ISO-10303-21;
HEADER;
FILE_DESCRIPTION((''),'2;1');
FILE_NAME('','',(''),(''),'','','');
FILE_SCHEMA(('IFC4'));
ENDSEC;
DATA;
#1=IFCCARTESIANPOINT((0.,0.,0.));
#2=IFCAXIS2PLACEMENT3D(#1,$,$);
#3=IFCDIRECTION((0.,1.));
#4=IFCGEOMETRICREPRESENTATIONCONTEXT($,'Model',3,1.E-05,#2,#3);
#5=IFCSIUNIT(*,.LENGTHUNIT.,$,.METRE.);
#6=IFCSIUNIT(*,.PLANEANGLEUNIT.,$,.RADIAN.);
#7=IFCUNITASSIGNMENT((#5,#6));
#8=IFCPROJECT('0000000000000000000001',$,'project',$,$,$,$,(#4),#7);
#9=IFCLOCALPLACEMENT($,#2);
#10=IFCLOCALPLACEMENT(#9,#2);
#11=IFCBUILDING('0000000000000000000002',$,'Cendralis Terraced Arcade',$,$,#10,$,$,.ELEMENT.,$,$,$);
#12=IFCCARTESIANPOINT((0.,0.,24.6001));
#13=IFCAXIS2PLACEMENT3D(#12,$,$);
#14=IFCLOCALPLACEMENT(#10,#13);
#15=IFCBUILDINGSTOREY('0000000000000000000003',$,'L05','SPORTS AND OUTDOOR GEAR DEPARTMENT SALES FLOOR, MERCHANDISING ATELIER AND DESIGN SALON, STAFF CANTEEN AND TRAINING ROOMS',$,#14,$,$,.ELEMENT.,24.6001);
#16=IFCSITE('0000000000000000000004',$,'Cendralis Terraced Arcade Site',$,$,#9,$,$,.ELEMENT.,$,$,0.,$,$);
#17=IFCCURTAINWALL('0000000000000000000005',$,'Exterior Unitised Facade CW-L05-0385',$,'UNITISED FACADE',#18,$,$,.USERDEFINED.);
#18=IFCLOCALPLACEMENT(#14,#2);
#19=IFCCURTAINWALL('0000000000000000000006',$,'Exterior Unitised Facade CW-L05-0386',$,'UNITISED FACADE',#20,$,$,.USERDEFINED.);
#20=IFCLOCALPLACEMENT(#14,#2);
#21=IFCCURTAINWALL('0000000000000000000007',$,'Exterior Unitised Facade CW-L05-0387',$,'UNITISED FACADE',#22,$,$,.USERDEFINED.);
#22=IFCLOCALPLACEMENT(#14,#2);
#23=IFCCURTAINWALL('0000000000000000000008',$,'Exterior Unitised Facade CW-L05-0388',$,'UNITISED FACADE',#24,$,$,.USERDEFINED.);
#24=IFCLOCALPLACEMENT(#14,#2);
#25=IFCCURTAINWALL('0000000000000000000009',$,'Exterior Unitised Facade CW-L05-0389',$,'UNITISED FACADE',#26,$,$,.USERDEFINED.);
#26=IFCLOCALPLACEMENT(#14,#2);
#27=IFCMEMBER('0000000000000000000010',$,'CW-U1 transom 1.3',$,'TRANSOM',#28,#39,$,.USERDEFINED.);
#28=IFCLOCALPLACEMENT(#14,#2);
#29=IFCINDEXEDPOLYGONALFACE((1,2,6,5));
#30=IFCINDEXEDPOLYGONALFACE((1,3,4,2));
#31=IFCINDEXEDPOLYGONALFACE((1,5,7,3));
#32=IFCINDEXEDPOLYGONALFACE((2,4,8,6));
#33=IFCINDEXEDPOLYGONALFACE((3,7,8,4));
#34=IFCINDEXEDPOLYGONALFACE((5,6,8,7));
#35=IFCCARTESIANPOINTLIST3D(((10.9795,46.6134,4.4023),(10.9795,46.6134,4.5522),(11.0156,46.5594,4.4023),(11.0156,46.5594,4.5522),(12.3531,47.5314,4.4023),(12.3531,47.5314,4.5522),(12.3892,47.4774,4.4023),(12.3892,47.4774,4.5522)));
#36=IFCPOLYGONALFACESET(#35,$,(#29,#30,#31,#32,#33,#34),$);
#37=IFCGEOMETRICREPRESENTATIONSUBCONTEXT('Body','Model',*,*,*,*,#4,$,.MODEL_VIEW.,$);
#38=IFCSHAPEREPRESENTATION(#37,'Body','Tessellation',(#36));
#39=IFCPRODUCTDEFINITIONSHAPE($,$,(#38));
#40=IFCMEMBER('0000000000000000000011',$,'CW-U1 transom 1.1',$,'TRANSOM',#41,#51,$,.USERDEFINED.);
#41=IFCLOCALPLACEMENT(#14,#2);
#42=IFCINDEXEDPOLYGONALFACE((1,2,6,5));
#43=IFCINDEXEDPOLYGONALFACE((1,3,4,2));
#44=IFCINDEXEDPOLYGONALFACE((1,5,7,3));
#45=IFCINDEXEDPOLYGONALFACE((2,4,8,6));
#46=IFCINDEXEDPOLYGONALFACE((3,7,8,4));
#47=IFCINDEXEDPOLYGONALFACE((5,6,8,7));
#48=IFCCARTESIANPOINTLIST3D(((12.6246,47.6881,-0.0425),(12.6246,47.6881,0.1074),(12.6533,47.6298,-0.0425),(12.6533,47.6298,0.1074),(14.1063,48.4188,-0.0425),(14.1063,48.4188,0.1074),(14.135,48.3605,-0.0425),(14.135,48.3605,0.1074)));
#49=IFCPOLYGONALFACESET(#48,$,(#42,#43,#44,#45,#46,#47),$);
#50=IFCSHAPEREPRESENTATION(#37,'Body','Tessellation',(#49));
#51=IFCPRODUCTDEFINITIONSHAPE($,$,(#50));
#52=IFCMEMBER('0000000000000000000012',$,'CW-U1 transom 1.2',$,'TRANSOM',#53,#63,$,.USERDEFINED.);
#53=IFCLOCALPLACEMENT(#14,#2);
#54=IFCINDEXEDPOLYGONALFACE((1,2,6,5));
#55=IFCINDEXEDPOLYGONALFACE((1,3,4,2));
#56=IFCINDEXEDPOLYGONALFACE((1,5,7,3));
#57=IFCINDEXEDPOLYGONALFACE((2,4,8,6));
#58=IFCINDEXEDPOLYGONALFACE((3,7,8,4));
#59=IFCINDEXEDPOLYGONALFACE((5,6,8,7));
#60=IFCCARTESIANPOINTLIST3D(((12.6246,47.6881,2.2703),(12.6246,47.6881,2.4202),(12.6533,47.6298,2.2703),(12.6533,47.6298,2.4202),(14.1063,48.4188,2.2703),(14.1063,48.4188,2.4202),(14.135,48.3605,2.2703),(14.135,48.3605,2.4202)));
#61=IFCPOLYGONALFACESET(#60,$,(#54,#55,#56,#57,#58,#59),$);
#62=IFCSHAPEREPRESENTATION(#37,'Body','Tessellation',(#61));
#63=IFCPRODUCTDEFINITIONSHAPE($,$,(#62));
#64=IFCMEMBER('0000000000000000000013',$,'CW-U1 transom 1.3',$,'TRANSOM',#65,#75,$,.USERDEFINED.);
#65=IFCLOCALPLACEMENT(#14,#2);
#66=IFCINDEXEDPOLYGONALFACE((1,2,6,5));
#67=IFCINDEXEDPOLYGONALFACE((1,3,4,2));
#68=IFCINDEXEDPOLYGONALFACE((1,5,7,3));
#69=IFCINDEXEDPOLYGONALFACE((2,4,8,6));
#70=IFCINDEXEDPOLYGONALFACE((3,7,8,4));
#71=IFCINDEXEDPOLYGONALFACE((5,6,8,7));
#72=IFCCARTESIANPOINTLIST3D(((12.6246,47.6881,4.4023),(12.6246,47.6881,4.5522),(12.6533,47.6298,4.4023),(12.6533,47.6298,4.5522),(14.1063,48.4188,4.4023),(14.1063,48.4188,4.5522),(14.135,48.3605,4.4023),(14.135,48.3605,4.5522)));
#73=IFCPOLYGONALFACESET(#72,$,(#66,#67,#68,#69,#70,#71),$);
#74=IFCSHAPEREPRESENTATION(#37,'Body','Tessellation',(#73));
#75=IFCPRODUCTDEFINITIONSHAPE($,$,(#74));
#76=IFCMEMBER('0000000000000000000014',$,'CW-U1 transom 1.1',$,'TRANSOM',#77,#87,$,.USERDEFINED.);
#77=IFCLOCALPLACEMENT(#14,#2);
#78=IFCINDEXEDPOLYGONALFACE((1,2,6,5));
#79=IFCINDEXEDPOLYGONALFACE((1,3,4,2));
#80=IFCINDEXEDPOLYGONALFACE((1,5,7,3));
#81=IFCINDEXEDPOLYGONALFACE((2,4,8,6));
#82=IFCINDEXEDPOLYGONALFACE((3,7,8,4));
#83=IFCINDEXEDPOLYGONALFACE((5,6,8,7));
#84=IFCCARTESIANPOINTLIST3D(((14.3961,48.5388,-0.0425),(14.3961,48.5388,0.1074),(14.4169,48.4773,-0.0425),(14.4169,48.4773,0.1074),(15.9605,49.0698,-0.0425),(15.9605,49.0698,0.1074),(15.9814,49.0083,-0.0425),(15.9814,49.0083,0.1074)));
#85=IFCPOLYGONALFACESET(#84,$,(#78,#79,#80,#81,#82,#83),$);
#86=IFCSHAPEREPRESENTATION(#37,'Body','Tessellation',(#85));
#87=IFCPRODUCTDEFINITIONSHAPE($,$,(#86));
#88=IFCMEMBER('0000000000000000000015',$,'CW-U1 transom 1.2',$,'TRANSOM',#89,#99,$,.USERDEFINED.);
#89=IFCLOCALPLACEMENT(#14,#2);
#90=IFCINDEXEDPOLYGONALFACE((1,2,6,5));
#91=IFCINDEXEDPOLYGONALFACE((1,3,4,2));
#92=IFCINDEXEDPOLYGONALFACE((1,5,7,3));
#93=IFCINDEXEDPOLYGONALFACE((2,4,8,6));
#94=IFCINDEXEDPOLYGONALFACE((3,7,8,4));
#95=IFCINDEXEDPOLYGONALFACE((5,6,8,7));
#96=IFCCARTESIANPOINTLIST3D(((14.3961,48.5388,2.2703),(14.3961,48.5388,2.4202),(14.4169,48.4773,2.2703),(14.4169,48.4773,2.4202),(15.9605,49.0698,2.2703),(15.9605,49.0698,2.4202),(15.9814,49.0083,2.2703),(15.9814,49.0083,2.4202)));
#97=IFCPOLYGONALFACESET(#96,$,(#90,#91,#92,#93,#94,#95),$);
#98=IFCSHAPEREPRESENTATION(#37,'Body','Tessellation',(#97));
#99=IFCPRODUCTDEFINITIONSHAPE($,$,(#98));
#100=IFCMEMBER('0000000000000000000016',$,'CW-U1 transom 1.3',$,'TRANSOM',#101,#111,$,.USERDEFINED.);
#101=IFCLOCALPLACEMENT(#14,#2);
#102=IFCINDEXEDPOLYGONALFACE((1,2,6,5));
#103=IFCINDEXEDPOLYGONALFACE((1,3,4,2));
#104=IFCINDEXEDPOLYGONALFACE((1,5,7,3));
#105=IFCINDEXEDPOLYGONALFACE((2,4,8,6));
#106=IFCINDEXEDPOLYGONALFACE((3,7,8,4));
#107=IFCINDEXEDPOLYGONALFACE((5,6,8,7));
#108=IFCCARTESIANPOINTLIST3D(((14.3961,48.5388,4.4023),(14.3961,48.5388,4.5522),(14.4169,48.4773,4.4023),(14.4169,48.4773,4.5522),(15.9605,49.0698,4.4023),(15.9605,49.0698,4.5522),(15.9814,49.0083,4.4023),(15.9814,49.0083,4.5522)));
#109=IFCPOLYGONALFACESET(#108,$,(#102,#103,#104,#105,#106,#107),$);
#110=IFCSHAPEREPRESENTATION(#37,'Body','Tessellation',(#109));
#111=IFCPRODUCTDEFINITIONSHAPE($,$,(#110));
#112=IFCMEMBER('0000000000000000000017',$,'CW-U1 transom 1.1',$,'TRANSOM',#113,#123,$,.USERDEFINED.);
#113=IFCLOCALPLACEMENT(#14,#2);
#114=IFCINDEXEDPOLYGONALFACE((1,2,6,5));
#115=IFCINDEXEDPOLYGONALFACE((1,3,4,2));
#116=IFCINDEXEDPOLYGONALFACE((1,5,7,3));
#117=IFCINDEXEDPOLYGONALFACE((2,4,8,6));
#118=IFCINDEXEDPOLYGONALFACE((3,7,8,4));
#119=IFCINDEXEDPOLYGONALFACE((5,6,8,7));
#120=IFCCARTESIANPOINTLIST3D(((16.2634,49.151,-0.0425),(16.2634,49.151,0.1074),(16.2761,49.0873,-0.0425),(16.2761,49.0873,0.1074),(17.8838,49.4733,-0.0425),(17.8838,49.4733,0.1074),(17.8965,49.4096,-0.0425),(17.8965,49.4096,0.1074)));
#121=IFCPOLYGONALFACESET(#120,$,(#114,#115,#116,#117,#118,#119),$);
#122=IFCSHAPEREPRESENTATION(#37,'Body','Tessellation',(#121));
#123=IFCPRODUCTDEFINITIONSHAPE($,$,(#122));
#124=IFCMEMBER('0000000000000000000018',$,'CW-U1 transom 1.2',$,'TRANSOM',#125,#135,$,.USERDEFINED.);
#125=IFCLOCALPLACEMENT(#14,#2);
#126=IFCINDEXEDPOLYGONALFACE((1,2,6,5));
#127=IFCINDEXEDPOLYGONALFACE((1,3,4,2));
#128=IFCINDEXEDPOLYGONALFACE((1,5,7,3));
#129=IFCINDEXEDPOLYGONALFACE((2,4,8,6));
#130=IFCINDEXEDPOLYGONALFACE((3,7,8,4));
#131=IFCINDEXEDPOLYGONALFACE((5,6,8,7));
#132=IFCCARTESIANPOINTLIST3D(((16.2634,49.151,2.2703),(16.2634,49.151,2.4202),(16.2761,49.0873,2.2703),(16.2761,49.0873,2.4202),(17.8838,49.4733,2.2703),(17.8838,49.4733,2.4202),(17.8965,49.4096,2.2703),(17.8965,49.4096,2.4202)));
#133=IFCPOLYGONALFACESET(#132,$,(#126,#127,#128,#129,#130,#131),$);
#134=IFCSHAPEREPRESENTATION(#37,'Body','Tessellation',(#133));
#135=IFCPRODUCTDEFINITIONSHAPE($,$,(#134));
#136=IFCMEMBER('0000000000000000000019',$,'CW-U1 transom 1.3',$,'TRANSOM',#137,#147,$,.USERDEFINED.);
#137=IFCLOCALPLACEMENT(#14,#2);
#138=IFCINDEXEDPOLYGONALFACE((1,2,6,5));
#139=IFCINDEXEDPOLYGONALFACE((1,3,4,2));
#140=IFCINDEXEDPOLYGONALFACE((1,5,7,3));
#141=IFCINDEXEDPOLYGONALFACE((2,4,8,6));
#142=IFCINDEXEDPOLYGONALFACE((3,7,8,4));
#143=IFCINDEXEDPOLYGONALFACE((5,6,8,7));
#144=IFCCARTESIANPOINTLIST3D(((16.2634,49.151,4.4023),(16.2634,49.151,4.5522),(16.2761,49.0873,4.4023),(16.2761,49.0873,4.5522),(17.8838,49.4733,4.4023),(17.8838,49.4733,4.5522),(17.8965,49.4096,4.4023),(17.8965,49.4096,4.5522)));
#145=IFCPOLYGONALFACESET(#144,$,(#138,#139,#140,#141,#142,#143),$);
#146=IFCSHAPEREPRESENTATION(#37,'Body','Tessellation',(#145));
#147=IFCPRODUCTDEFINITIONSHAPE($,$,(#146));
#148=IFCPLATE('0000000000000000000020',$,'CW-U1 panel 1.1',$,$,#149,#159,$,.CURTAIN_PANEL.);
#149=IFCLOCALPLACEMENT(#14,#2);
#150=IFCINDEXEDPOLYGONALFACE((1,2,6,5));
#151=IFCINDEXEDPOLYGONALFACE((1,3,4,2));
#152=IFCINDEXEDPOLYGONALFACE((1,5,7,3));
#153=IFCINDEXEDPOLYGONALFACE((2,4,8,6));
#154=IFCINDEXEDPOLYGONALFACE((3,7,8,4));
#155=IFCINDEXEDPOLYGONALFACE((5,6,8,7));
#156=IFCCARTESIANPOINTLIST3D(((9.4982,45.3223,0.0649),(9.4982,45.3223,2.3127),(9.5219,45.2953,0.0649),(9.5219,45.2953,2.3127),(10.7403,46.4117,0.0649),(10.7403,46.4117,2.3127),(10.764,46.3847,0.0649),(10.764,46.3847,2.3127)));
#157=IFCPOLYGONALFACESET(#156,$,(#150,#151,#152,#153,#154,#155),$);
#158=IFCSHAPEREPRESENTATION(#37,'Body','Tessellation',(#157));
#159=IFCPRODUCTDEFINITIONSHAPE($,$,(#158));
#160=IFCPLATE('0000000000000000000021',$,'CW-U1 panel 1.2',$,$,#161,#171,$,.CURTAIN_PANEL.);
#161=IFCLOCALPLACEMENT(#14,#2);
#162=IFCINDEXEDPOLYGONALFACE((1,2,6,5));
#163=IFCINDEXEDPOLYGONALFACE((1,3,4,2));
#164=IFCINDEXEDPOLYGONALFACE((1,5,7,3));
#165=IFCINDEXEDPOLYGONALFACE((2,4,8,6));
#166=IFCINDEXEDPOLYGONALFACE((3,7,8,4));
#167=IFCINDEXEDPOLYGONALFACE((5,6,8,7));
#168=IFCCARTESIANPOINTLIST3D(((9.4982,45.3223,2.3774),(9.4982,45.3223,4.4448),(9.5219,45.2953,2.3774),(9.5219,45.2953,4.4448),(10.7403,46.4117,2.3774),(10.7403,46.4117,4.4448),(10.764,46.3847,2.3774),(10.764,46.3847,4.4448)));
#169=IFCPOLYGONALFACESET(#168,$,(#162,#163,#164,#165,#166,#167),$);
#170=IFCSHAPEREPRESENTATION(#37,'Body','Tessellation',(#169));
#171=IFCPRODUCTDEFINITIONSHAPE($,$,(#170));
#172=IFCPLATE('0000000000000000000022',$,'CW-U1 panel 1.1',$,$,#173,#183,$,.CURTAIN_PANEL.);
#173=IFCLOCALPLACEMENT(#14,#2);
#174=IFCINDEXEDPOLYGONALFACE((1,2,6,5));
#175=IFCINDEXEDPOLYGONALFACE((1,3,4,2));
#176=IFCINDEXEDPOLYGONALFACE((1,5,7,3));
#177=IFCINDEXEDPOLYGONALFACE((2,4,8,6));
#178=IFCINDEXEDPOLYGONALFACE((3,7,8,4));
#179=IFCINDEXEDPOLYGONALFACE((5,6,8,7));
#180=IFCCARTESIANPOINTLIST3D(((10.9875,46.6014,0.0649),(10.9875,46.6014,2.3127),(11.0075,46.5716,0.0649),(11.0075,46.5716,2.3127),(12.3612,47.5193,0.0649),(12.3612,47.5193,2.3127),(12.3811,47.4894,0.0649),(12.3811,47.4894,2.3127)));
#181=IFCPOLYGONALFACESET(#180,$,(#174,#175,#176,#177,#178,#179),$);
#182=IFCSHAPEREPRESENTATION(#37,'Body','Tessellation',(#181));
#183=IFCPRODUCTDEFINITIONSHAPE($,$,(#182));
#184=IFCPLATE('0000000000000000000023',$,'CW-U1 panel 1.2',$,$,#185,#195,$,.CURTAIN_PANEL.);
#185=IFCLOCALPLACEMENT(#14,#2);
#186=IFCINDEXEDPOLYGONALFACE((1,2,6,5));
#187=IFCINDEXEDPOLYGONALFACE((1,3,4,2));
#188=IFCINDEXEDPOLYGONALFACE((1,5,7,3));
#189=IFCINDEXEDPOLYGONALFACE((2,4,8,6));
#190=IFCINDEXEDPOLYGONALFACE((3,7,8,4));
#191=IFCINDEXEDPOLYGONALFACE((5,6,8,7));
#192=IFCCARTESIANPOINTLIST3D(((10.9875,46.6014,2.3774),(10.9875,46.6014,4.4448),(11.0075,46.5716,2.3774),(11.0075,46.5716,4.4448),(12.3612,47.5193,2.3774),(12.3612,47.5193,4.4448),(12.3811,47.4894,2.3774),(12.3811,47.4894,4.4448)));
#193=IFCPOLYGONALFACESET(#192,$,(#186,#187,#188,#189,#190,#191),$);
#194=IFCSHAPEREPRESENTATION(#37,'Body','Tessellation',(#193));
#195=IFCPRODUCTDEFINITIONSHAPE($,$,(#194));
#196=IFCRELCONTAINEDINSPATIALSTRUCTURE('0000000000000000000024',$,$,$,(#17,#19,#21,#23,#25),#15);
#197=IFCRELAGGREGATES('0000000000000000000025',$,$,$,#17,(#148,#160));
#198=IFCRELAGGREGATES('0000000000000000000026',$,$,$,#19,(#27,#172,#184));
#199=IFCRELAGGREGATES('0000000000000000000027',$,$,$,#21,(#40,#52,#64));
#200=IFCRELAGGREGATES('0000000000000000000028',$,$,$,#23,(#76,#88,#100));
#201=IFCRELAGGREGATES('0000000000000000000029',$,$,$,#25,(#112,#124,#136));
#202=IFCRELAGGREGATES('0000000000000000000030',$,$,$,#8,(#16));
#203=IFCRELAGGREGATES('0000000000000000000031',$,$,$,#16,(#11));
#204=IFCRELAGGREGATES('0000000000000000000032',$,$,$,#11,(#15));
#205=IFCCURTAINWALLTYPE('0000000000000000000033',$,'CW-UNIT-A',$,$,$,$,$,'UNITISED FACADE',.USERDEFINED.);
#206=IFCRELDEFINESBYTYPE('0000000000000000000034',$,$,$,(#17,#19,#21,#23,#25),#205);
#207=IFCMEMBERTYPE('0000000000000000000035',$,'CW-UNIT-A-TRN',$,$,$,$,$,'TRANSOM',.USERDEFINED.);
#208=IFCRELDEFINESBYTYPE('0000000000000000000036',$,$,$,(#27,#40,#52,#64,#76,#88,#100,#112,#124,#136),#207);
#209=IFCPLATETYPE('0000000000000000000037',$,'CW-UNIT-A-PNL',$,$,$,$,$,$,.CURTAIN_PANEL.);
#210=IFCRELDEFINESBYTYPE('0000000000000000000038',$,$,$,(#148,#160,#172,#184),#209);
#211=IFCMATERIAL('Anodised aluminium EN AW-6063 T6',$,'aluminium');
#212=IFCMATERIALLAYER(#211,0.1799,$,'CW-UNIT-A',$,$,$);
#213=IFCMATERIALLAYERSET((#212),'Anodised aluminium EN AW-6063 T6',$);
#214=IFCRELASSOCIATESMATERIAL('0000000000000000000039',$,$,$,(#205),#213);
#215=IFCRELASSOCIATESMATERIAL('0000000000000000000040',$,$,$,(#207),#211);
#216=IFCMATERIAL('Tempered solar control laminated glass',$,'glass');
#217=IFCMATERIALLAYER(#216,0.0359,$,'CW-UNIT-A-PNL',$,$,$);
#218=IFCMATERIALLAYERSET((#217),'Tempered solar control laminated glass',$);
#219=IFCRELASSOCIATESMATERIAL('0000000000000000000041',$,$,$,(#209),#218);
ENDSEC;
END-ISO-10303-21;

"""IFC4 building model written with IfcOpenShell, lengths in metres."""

from ifc_helpers import new_model, si_unit, direction, frame, origin, origin_2d, place, context, subcontext, project, spatial, rectangle, extrude, material, layer, layer_set, material_profile, profile_set, type_object, element, aggregate, save


model = new_model("IFC4")

# Units and contexts
model_context = context("Model", 3, precision=1e-05, world=origin(), true_north=direction((0.0, 1.0)))
body_context = subcontext(model_context, "Body", "Model", "MODEL_VIEW")
ifc_project = project(units=[si_unit("LENGTHUNIT", "METRE"), si_unit("PLANEANGLEUNIT", "RADIAN")], contexts=[model_context])

# Site, building, storey
site_placement = place(None, origin())
site = spatial("IfcSite", under=ifc_project, at=site_placement, Name="Cendralis Terraced Arcade Site", CompositionType="ELEMENT", RefElevation=0.0)
building_placement = place(site_placement, origin())
building = spatial("IfcBuilding", under=site, at=building_placement, Name="Cendralis Terraced Arcade", CompositionType="ELEMENT")
storey_placement = place(building_placement, frame((0.0, 0.0, 24.6001)))
storey = spatial("IfcBuildingStorey", under=building, at=storey_placement, Name="L05", Description="SPORTS AND OUTDOOR GEAR DEPARTMENT SALES FLOOR, MERCHANDISING ATELIER AND DESIGN SALON, STAFF CANTEEN AND TRAINING ROOMS", CompositionType="ELEMENT", Elevation=24.6001)

# Curtain wall
ifc_material_1 = material(Name="Anodised aluminium EN AW-6063 T6", Category="aluminium")
ifc_layer_1 = layer(ifc_material_1, 0.1799, Name="CW-UNIT-A")
ifc_layer_set_1 = layer_set([ifc_layer_1], Name="Anodised aluminium EN AW-6063 T6")
curtain_wall_type = type_object("IfcCurtainWallType", Name="CW-UNIT-A", ElementType="UNITISED FACADE", PredefinedType="USERDEFINED", material=ifc_layer_set_1)
curtain_wall_1_placement = place(storey_placement, origin())
curtain_wall_1 = element("IfcCurtainWall", 1, at=curtain_wall_1_placement, inside=storey, type_object=curtain_wall_type, Name="Exterior Unitised Facade CW-L05-0385", ObjectType="UNITISED FACADE", PredefinedType="USERDEFINED")

# Curtain walls
curtain_wall_2_placement = place(storey_placement, origin())
curtain_wall_2 = element("IfcCurtainWall", 2, at=curtain_wall_2_placement, inside=storey, type_object=curtain_wall_type, Name="Exterior Unitised Facade CW-L05-0386", ObjectType="UNITISED FACADE", PredefinedType="USERDEFINED")
curtain_wall_3_placement = place(storey_placement, origin())
curtain_wall_3 = element("IfcCurtainWall", 3, at=curtain_wall_3_placement, inside=storey, type_object=curtain_wall_type, Name="Exterior Unitised Facade CW-L05-0387", ObjectType="UNITISED FACADE", PredefinedType="USERDEFINED")
curtain_wall_4_placement = place(storey_placement, origin())
curtain_wall_4 = element("IfcCurtainWall", 4, at=curtain_wall_4_placement, inside=storey, type_object=curtain_wall_type, Name="Exterior Unitised Facade CW-L05-0388", ObjectType="UNITISED FACADE", PredefinedType="USERDEFINED")

# Curtain wall
curtain_wall_5_placement = place(storey_placement, origin())
curtain_wall_5 = element("IfcCurtainWall", 5, at=curtain_wall_5_placement, inside=storey, type_object=curtain_wall_type, Name="Exterior Unitised Facade CW-L05-0389", ObjectType="UNITISED FACADE", PredefinedType="USERDEFINED")

# Members
ifc_material_profile_1 = material_profile(ifc_material_1, rectangle(XDim=0.0649, YDim=0.1499, at=origin_2d()), Name="ALU-TRN-65x150")
ifc_profile_set_1 = profile_set([ifc_material_profile_1], Name="Anodised aluminium EN AW-6063 T6")
member_type_1 = type_object("IfcMemberType", Name="CW-UNIT-A-TRN", ElementType="TRANSOM", PredefinedType="USERDEFINED", material=ifc_profile_set_1)
member_1_placement = place(storey_placement, frame((10.9976, 46.5864, 4.4773), z_axis=(0.831413, 0.555655, 0.0), x_axis=(-0.555655, 0.831413, 0.0)))
member_1 = element("IfcMember", 6, at=member_1_placement, type_object=member_type_1, Name="CW-U1 transom 1.3", ObjectType="TRANSOM", PredefinedType="USERDEFINED", context=body_context, shape_type="SweptSolid", body=[
    extrude(rectangle(XDim=0.0649, YDim=0.1499, at=origin_2d()), origin(), (0.0, 0.0, 1.0), 1.6521),
])
member_2_placement = place(storey_placement, frame((12.6389, 47.6589, 0.0325), z_axis=(0.896867, 0.442301, 0.0), x_axis=(-0.442301, 0.896867, 0.0)))
member_2 = element("IfcMember", 7, at=member_2_placement, type_object=member_type_1, Name="CW-U1 transom 1.1", ObjectType="TRANSOM", PredefinedType="USERDEFINED", context=body_context, shape_type="SweptSolid", body=[
    extrude(rectangle(XDim=0.0649, YDim=0.1499, at=origin_2d()), origin(), (0.0, 0.0, 1.0), 1.6521),
])
member_3_placement = place(storey_placement, frame((12.6389, 47.6589, 2.3452), z_axis=(0.896867, 0.442301, 0.0), x_axis=(-0.442301, 0.896867, 0.0)))
member_3 = element("IfcMember", 8, at=member_3_placement, type_object=member_type_1, Name="CW-U1 transom 1.2", ObjectType="TRANSOM", PredefinedType="USERDEFINED", context=body_context, shape_type="SweptSolid", body=[
    extrude(rectangle(XDim=0.0649, YDim=0.1499, at=origin_2d()), origin(), (0.0, 0.0, 1.0), 1.6521),
])
member_4_placement = place(storey_placement, frame((12.6389, 47.6589, 4.4773), z_axis=(0.896867, 0.442301, 0.0), x_axis=(-0.442301, 0.896867, 0.0)))
member_4 = element("IfcMember", 9, at=member_4_placement, type_object=member_type_1, Name="CW-U1 transom 1.3", ObjectType="TRANSOM", PredefinedType="USERDEFINED", context=body_context, shape_type="SweptSolid", body=[
    extrude(rectangle(XDim=0.0649, YDim=0.1499, at=origin_2d()), origin(), (0.0, 0.0, 1.0), 1.6521),
])
member_5_placement = place(storey_placement, frame((14.4065, 48.5081, 0.0325), z_axis=(0.94694, 0.32141, 0.0), x_axis=(-0.32141, 0.94694, 0.0)))
member_5 = element("IfcMember", 10, at=member_5_placement, type_object=member_type_1, Name="CW-U1 transom 1.1", ObjectType="TRANSOM", PredefinedType="USERDEFINED", context=body_context, shape_type="SweptSolid", body=[
    extrude(rectangle(XDim=0.0649, YDim=0.1499, at=origin_2d()), origin(), (0.0, 0.0, 1.0), 1.6521),
])
member_6_placement = place(storey_placement, frame((14.4065, 48.5081, 2.3452), z_axis=(0.94694, 0.32141, 0.0), x_axis=(-0.32141, 0.94694, 0.0)))
member_6 = element("IfcMember", 11, at=member_6_placement, type_object=member_type_1, Name="CW-U1 transom 1.2", ObjectType="TRANSOM", PredefinedType="USERDEFINED", context=body_context, shape_type="SweptSolid", body=[
    extrude(rectangle(XDim=0.0649, YDim=0.1499, at=origin_2d()), origin(), (0.0, 0.0, 1.0), 1.6521),
])
member_7_placement = place(storey_placement, frame((14.4065, 48.5081, 4.4773), z_axis=(0.94694, 0.32141, 0.0), x_axis=(-0.32141, 0.94694, 0.0)))
member_7 = element("IfcMember", 12, at=member_7_placement, type_object=member_type_1, Name="CW-U1 transom 1.3", ObjectType="TRANSOM", PredefinedType="USERDEFINED", context=body_context, shape_type="SweptSolid", body=[
    extrude(rectangle(XDim=0.0649, YDim=0.1499, at=origin_2d()), origin(), (0.0, 0.0, 1.0), 1.6521),
])
member_8_placement = place(storey_placement, frame((16.2698, 49.1191, 0.0325), z_axis=(0.98079, 0.195065, 0.0), x_axis=(-0.195065, 0.98079, 0.0)))
member_8 = element("IfcMember", 13, at=member_8_placement, type_object=member_type_1, Name="CW-U1 transom 1.1", ObjectType="TRANSOM", PredefinedType="USERDEFINED", context=body_context, shape_type="SweptSolid", body=[
    extrude(rectangle(XDim=0.0649, YDim=0.1499, at=origin_2d()), origin(), (0.0, 0.0, 1.0), 1.6521),
])
member_9_placement = place(storey_placement, frame((16.2698, 49.1191, 2.3452), z_axis=(0.98079, 0.195065, 0.0), x_axis=(-0.195065, 0.98079, 0.0)))
member_9 = element("IfcMember", 14, at=member_9_placement, type_object=member_type_1, Name="CW-U1 transom 1.2", ObjectType="TRANSOM", PredefinedType="USERDEFINED", context=body_context, shape_type="SweptSolid", body=[
    extrude(rectangle(XDim=0.0649, YDim=0.1499, at=origin_2d()), origin(), (0.0, 0.0, 1.0), 1.6521),
])
member_10_placement = place(storey_placement, frame((16.2698, 49.1191, 4.4773), z_axis=(0.98079, 0.195065, 0.0), x_axis=(-0.195065, 0.98079, 0.0)))
member_10 = element("IfcMember", 15, at=member_10_placement, type_object=member_type_1, Name="CW-U1 transom 1.3", ObjectType="TRANSOM", PredefinedType="USERDEFINED", context=body_context, shape_type="SweptSolid", body=[
    extrude(rectangle(XDim=0.0649, YDim=0.1499, at=origin_2d()), origin(), (0.0, 0.0, 1.0), 1.6521),
])

# Plates
ifc_material_2 = material(Name="Tempered solar control laminated glass", Category="glass")
ifc_layer_2 = layer(ifc_material_2, 0.0359, Name="CW-UNIT-A-PNL")
ifc_layer_set_2 = layer_set([ifc_layer_2], Name="Tempered solar control laminated glass")
plate_type = type_object("IfcPlateType", Name="CW-UNIT-A-PNL", PredefinedType="CURTAIN_PANEL", material=ifc_layer_set_2)
plate_1_placement = place(storey_placement, frame((10.1311, 45.8535, 0.0649), z_axis=(0.0, 0.0, 1.0), x_axis=(0.751804, 0.659386, 0.0)))
plate_1 = element("IfcPlate", 16, at=plate_1_placement, type_object=plate_type, Name="CW-U1 panel 1.1", PredefinedType="CURTAIN_PANEL", context=body_context, shape_type="SweptSolid", body=[
    extrude(rectangle(XDim=1.6521, YDim=0.0359, at=origin_2d()), origin(), (0.0, 0.0, 1.0), 2.2478),
])
plate_2_placement = place(storey_placement, frame((10.1311, 45.8535, 2.3774), z_axis=(0.0, 0.0, 1.0), x_axis=(0.751804, 0.659386, 0.0)))
plate_2 = element("IfcPlate", 17, at=plate_2_placement, type_object=plate_type, Name="CW-U1 panel 1.2", PredefinedType="CURTAIN_PANEL", context=body_context, shape_type="SweptSolid", body=[
    extrude(rectangle(XDim=1.6521, YDim=0.0359, at=origin_2d()), origin(), (0.0, 0.0, 1.0), 2.0674),
])
aggregate(curtain_wall_1, [plate_1, plate_2])
plate_3_placement = place(storey_placement, frame((11.6843, 47.0454, 0.0649), z_axis=(0.0, 0.0, 1.0), x_axis=(0.831471, 0.555567, 0.0)))
plate_3 = element("IfcPlate", 18, at=plate_3_placement, type_object=plate_type, Name="CW-U1 panel 1.1", PredefinedType="CURTAIN_PANEL", context=body_context, shape_type="SweptSolid", body=[
    extrude(rectangle(XDim=1.6521, YDim=0.0359, at=origin_2d()), origin(), (0.0, 0.0, 1.0), 2.2478),
])
plate_4_placement = place(storey_placement, frame((11.6843, 47.0454, 2.3774), z_axis=(0.0, 0.0, 1.0), x_axis=(0.831471, 0.555567, 0.0)))
plate_4 = element("IfcPlate", 19, at=plate_4_placement, type_object=plate_type, Name="CW-U1 panel 1.2", PredefinedType="CURTAIN_PANEL", context=body_context, shape_type="SweptSolid", body=[
    extrude(rectangle(XDim=1.6521, YDim=0.0359, at=origin_2d()), origin(), (0.0, 0.0, 1.0), 2.0674),
])
aggregate(curtain_wall_2, [member_1, plate_3, plate_4])
aggregate(curtain_wall_3, [member_2, member_3, member_4])
aggregate(curtain_wall_4, [member_5, member_6, member_7])
aggregate(curtain_wall_5, [member_8, member_9, member_10])

save(model, "model.ifc")
